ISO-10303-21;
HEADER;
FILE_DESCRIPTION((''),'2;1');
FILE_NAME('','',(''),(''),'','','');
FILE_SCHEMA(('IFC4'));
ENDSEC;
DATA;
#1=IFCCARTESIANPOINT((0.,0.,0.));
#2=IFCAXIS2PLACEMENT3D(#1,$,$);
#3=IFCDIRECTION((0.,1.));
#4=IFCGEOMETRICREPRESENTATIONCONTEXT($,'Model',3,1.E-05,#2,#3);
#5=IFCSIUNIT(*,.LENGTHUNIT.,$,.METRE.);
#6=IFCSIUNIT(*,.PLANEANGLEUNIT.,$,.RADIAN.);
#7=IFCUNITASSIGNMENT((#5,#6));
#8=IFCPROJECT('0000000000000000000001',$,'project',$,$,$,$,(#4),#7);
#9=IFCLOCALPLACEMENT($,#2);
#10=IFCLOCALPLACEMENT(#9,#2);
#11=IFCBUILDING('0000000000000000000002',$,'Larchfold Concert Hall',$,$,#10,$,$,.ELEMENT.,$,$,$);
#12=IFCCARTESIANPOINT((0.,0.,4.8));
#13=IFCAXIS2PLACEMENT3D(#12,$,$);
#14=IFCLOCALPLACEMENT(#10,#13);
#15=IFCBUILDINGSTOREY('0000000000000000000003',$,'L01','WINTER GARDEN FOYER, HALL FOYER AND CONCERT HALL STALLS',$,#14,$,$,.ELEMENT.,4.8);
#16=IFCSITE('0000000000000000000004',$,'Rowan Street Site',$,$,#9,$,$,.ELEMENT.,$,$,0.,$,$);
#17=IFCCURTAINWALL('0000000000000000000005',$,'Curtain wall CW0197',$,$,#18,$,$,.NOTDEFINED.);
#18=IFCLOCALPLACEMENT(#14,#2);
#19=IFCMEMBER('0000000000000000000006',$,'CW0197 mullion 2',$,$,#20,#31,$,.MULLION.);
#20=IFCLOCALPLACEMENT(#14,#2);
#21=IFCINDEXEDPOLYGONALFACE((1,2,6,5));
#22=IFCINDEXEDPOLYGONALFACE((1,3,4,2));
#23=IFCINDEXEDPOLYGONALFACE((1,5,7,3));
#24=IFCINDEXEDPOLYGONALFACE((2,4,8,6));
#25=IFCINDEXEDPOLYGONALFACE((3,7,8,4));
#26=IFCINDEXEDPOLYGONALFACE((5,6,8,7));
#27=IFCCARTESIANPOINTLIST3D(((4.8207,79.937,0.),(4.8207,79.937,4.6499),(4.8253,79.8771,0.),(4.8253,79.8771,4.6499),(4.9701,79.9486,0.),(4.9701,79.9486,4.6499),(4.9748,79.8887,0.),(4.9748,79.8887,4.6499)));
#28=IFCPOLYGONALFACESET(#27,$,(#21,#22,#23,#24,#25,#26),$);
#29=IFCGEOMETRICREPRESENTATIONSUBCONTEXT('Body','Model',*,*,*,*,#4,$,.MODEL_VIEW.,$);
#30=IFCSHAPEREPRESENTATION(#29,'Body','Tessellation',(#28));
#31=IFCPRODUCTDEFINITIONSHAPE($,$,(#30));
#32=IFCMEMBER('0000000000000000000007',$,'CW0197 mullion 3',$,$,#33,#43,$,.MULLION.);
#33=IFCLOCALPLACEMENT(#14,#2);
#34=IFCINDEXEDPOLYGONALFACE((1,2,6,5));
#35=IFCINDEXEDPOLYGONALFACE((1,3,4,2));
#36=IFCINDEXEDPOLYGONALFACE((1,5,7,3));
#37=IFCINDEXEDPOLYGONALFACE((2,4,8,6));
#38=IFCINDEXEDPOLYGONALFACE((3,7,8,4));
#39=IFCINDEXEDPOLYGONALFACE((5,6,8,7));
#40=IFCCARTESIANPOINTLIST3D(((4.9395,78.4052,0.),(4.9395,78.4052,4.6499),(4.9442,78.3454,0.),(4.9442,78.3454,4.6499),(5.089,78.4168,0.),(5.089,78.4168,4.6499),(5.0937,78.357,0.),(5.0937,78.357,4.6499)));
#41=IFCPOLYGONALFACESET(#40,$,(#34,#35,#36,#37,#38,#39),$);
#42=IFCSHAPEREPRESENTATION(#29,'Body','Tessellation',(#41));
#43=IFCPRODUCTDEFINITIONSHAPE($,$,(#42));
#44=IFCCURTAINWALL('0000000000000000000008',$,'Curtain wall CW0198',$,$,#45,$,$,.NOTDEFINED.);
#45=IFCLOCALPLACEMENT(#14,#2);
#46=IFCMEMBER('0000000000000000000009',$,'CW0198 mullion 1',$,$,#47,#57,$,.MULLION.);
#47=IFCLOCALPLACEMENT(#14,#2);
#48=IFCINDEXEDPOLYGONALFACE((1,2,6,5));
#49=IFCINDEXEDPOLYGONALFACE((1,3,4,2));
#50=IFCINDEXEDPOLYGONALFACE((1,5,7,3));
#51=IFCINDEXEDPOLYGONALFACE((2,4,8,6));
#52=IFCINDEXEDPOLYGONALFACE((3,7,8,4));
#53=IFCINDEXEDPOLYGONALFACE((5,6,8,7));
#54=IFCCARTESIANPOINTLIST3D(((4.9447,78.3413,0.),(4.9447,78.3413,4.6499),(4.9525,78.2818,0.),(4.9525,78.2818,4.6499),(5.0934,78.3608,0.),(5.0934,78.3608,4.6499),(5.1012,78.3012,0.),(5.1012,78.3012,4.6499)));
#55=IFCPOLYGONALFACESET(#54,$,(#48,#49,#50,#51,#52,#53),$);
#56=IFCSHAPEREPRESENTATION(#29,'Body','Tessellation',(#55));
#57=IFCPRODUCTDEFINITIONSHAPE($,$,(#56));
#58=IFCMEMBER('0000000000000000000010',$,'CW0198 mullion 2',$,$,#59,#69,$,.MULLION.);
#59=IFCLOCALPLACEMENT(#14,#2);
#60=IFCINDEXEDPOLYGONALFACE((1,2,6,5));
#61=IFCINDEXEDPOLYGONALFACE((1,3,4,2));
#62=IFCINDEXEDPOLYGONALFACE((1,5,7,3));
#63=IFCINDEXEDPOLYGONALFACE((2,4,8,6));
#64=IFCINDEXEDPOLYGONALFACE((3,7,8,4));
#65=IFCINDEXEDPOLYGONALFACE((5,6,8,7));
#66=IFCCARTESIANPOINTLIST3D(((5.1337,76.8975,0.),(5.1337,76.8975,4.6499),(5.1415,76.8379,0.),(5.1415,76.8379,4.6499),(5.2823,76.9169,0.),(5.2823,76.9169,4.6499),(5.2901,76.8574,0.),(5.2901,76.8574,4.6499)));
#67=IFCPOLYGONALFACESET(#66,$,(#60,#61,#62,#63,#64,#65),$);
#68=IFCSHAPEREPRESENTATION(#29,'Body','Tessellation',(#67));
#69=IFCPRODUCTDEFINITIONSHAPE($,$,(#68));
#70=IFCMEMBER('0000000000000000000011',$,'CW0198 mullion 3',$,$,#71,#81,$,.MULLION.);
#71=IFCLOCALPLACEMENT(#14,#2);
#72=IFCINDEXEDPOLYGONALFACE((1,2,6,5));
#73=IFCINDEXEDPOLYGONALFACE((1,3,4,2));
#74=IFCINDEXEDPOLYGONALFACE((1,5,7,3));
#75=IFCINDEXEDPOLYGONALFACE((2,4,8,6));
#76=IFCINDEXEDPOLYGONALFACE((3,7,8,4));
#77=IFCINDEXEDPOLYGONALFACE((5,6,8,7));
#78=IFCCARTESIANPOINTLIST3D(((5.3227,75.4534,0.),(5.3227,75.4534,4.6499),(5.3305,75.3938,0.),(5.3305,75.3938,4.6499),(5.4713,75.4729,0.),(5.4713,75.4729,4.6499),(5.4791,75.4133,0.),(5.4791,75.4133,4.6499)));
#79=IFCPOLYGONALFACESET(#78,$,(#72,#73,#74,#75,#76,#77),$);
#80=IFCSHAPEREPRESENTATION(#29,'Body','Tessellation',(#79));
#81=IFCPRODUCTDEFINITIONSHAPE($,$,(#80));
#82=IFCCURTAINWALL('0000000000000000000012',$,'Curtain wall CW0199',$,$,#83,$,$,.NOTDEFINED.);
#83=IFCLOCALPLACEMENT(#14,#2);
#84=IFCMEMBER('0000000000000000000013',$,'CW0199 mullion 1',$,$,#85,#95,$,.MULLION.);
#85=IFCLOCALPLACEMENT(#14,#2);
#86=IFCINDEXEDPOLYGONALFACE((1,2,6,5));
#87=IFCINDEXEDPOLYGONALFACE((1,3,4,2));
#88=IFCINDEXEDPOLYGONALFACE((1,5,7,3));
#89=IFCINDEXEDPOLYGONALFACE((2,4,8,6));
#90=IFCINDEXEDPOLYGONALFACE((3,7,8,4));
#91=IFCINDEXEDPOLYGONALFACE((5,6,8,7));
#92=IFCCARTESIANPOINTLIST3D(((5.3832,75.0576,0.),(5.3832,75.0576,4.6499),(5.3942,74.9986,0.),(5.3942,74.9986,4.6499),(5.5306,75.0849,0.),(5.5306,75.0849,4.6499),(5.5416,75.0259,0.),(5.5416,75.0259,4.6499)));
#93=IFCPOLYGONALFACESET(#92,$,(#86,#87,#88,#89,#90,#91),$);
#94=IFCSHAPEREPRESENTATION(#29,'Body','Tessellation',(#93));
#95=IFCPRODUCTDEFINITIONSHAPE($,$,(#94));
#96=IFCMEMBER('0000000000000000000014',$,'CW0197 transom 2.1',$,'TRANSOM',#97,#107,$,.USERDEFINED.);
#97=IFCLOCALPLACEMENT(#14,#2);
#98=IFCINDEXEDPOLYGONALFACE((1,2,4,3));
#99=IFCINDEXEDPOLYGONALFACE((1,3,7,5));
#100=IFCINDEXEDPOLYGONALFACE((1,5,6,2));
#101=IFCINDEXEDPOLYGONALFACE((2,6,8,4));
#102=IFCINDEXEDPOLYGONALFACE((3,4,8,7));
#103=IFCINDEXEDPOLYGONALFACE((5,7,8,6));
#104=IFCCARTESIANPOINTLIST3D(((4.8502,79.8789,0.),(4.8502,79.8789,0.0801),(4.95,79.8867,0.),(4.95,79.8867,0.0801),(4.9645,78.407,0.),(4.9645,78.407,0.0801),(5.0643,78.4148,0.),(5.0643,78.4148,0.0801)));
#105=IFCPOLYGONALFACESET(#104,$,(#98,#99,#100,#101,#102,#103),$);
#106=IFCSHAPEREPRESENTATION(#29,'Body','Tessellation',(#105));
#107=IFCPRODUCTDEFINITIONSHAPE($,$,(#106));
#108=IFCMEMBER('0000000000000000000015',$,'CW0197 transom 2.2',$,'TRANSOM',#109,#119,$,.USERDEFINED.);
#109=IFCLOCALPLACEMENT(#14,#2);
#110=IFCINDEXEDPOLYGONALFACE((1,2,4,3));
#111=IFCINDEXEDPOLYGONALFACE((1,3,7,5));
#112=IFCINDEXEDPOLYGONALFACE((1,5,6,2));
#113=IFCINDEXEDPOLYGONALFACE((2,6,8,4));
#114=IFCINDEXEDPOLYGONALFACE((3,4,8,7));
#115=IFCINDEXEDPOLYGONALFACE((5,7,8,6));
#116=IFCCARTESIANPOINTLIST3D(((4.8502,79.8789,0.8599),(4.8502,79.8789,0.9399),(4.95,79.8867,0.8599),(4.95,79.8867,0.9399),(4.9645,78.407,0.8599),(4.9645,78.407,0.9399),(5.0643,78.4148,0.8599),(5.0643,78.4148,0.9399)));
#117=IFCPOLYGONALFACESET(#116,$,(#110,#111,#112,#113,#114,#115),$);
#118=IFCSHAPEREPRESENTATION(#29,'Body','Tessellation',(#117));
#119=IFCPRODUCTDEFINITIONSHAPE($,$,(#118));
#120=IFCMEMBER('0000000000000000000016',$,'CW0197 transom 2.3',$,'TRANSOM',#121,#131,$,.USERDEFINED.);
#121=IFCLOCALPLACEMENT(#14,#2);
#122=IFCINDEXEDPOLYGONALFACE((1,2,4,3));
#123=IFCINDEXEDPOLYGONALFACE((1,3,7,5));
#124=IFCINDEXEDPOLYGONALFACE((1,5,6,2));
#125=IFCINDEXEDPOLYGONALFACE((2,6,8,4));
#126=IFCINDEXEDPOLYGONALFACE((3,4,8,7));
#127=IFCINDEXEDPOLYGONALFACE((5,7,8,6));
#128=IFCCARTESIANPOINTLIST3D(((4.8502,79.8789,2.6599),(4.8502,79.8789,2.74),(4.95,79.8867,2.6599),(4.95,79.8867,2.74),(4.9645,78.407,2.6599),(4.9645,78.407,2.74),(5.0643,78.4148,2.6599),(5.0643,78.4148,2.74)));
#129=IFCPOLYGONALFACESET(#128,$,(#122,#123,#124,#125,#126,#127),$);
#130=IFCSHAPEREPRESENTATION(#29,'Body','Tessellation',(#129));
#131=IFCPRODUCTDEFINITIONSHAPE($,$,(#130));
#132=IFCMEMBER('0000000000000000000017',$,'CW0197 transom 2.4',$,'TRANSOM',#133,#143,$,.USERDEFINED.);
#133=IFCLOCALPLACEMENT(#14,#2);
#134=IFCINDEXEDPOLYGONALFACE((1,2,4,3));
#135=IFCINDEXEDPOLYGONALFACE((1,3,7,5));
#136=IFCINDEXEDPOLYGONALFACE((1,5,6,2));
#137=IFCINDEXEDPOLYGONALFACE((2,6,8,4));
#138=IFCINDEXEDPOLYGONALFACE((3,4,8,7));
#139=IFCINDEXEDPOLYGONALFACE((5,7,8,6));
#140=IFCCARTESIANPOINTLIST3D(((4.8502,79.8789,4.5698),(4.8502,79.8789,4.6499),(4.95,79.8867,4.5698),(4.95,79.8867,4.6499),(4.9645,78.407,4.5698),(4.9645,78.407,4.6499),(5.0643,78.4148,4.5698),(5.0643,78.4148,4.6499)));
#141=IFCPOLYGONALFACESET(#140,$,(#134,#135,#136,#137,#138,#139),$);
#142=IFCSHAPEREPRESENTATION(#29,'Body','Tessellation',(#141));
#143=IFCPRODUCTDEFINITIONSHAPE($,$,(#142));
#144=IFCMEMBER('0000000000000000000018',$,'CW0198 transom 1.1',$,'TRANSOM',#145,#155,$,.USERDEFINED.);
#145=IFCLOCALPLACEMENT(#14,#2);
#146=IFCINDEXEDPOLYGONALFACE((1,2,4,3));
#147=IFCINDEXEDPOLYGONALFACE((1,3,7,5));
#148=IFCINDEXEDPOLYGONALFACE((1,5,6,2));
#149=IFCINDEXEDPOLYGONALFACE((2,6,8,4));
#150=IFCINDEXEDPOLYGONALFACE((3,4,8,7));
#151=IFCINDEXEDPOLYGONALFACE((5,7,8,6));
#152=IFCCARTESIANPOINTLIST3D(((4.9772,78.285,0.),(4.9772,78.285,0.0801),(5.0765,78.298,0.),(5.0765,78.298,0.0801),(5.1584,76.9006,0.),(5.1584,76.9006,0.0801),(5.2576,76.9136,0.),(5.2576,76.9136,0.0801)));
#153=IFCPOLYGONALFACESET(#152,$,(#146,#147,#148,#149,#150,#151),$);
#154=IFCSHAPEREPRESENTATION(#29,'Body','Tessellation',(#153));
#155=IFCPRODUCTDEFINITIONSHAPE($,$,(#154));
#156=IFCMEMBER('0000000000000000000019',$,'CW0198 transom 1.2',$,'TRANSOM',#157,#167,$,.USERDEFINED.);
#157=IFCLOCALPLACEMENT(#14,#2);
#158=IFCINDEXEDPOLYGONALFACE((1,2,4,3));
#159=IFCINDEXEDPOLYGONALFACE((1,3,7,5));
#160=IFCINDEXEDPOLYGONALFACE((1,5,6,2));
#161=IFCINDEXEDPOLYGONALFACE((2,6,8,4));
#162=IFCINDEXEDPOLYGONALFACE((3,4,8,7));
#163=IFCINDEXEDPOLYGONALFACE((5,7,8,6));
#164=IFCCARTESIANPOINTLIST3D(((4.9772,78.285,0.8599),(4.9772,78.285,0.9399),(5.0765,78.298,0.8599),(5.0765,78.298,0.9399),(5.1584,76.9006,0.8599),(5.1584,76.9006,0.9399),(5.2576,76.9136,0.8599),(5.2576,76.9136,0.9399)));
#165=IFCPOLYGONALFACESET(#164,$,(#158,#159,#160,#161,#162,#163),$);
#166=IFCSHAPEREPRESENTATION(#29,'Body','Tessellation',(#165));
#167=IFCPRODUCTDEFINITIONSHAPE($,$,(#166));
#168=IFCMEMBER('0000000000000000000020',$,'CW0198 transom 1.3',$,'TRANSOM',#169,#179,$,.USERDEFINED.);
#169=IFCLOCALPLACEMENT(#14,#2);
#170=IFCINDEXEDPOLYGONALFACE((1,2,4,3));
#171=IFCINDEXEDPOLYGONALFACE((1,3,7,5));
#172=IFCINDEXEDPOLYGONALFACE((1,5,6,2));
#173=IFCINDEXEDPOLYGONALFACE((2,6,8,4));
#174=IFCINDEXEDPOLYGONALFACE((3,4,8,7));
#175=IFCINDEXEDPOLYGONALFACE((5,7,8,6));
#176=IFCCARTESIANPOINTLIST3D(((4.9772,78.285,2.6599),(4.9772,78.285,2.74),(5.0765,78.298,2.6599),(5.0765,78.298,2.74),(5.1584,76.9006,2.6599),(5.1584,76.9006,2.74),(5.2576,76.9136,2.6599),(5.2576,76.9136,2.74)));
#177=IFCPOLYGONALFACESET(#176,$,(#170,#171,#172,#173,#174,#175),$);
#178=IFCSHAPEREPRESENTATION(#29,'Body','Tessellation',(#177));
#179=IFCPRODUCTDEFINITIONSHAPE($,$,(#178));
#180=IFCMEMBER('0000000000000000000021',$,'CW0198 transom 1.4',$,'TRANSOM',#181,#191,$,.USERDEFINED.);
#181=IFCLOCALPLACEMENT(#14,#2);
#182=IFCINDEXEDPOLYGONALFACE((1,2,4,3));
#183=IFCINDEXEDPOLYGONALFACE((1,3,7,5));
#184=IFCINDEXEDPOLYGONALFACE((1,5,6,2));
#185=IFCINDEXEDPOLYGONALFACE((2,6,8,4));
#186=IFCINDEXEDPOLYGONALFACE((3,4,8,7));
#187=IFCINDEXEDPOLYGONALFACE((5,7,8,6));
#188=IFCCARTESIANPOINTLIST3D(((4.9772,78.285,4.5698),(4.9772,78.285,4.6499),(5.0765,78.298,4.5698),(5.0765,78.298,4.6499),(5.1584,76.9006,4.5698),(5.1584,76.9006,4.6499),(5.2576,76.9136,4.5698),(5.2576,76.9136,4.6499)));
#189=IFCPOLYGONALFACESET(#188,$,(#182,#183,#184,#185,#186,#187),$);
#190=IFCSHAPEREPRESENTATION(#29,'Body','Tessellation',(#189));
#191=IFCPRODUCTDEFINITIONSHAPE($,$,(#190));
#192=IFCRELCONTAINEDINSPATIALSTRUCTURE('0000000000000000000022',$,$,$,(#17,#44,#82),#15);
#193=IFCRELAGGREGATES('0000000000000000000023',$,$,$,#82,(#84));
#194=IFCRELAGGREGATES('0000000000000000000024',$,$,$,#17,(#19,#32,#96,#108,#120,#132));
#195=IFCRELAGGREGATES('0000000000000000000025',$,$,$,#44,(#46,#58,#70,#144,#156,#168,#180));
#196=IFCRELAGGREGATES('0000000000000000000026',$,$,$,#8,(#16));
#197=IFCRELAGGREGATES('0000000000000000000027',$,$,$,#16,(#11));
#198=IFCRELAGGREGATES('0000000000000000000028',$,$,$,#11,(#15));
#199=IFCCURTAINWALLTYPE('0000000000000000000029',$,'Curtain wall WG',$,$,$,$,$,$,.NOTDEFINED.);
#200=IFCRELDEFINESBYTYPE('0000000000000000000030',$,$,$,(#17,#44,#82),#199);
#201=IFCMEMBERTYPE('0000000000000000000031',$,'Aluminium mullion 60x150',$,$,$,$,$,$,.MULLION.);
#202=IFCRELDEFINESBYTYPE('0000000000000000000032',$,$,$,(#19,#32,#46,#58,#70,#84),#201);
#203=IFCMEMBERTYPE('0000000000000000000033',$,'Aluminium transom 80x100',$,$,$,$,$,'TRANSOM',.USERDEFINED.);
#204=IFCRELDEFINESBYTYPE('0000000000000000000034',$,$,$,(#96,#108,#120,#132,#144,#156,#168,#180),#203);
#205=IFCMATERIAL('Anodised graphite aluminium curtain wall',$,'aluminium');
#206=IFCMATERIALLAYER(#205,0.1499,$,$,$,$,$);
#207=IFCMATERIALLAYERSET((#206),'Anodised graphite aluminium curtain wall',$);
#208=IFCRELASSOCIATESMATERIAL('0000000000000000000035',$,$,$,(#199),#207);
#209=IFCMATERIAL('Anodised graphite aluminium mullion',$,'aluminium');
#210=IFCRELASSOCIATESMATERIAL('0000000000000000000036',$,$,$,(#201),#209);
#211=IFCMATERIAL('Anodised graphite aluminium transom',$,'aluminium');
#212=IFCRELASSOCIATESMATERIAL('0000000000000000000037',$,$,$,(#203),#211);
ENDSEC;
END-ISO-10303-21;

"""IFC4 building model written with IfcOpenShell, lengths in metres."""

from ifc_helpers import new_model, si_unit, direction, frame, origin, origin_2d, place, context, subcontext, project, spatial, rectangle, extrude, material, layer, layer_set, material_profile, profile_set, type_object, element, aggregate, save


model = new_model("IFC4")

# Units and contexts
model_context = context("Model", 3, precision=1e-05, world=origin(), true_north=direction((0.0, 1.0)))
body_context = subcontext(model_context, "Body", "Model", "MODEL_VIEW")
ifc_project = project(units=[si_unit("LENGTHUNIT", "METRE"), si_unit("PLANEANGLEUNIT", "RADIAN")], contexts=[model_context])

# Site, building, storey
site_placement = place(None, origin())
site = spatial("IfcSite", under=ifc_project, at=site_placement, Name="Rowan Street Site", CompositionType="ELEMENT", RefElevation=0.0)
building_placement = place(site_placement, origin())
building = spatial("IfcBuilding", under=site, at=building_placement, Name="Larchfold Concert Hall", CompositionType="ELEMENT")
storey_placement = place(building_placement, frame((0.0, 0.0, 4.8)))
storey = spatial("IfcBuildingStorey", under=building, at=storey_placement, Name="L01", Description="WINTER GARDEN FOYER, HALL FOYER AND CONCERT HALL STALLS", CompositionType="ELEMENT", Elevation=4.8)

# Curtain walls, members
ifc_material_1 = material(Name="Anodised graphite aluminium curtain wall", Category="aluminium")
ifc_layer_1 = layer(ifc_material_1, 0.1499)
ifc_layer_set_1 = layer_set([ifc_layer_1], Name="Anodised graphite aluminium curtain wall")
curtain_wall_type = type_object("IfcCurtainWallType", Name="Curtain wall WG", PredefinedType="NOTDEFINED", material=ifc_layer_set_1)
curtain_wall_1_placement = place(storey_placement, origin())
curtain_wall_1 = element("IfcCurtainWall", 1, at=curtain_wall_1_placement, inside=storey, type_object=curtain_wall_type, Name="Curtain wall CW0197", PredefinedType="NOTDEFINED")
ifc_material_2 = material(Name="Anodised graphite aluminium mullion", Category="aluminium")
ifc_material_profile_1 = material_profile(ifc_material_2, rectangle(XDim=0.1499, YDim=0.0601, at=origin_2d()))
ifc_profile_set_1 = profile_set([ifc_material_profile_1], Name="Anodised graphite aluminium mullion")
member_type_1 = type_object("IfcMemberType", Name="Aluminium mullion 60x150", PredefinedType="MULLION", material=ifc_profile_set_1)
member_1_placement = place(storey_placement, frame((4.8977, 79.9128, 0.0), z_axis=(0.0, 0.0, 1.0), x_axis=(0.996995, 0.077465, 0.0)))
member_1 = element("IfcMember", 2, at=member_1_placement, type_object=member_type_1, Name="CW0197 mullion 2", PredefinedType="MULLION", context=body_context, shape_type="SweptSolid", body=[
    extrude(rectangle(XDim=0.1499, YDim=0.0601, at=origin_2d()), origin(), (0.0, 0.0, 1.0), 4.6499),
])
member_2_placement = place(storey_placement, frame((5.0166, 78.3811, 0.0), z_axis=(0.0, 0.0, 1.0), x_axis=(0.996995, 0.077465, 0.0)))
member_2 = element("IfcMember", 3, at=member_2_placement, type_object=member_type_1, Name="CW0197 mullion 3", PredefinedType="MULLION", context=body_context, shape_type="SweptSolid", body=[
    extrude(rectangle(XDim=0.1499, YDim=0.0601, at=origin_2d()), origin(), (0.0, 0.0, 1.0), 4.6499),
])
curtain_wall_2_placement = place(storey_placement, origin())
curtain_wall_2 = element("IfcCurtainWall", 4, at=curtain_wall_2_placement, inside=storey, type_object=curtain_wall_type, Name="Curtain wall CW0198", PredefinedType="NOTDEFINED")
member_3_placement = place(storey_placement, frame((5.0229, 78.3213, 0.0), z_axis=(0.0, 0.0, 1.0), x_axis=(0.991545, 0.129764, 0.0)))
member_3 = element("IfcMember", 5, at=member_3_placement, type_object=member_type_1, Name="CW0198 mullion 1", PredefinedType="MULLION", context=body_context, shape_type="SweptSolid", body=[
    extrude(rectangle(XDim=0.1499, YDim=0.0601, at=origin_2d()), origin(), (0.0, 0.0, 1.0), 4.6499),
])
member_4_placement = place(storey_placement, frame((5.2119, 76.8774, 0.0), z_axis=(0.0, 0.0, 1.0), x_axis=(0.991545, 0.129764, 0.0)))
member_4 = element("IfcMember", 6, at=member_4_placement, type_object=member_type_1, Name="CW0198 mullion 2", PredefinedType="MULLION", context=body_context, shape_type="SweptSolid", body=[
    extrude(rectangle(XDim=0.1499, YDim=0.0601, at=origin_2d()), origin(), (0.0, 0.0, 1.0), 4.6499),
])
member_5_placement = place(storey_placement, frame((5.4009, 75.4333, 0.0), z_axis=(0.0, 0.0, 1.0), x_axis=(0.991545, 0.129764, 0.0)))
member_5 = element("IfcMember", 7, at=member_5_placement, type_object=member_type_1, Name="CW0198 mullion 3", PredefinedType="MULLION", context=body_context, shape_type="SweptSolid", body=[
    extrude(rectangle(XDim=0.1499, YDim=0.0601, at=origin_2d()), origin(), (0.0, 0.0, 1.0), 4.6499),
])

# Curtain wall, member
curtain_wall_3_placement = place(storey_placement, origin())
curtain_wall_3 = element("IfcCurtainWall", 8, at=curtain_wall_3_placement, inside=storey, type_object=curtain_wall_type, Name="Curtain wall CW0199", PredefinedType="NOTDEFINED")
member_6_placement = place(storey_placement, frame((5.4624, 75.0417, 0.0), z_axis=(0.0, 0.0, 1.0), x_axis=(0.983231, 0.182367, 0.0)))
member_6 = element("IfcMember", 9, at=member_6_placement, type_object=member_type_1, Name="CW0199 mullion 1", PredefinedType="MULLION", context=body_context, shape_type="SweptSolid", body=[
    extrude(rectangle(XDim=0.1499, YDim=0.0601, at=origin_2d()), origin(), (0.0, 0.0, 1.0), 4.6499),
])

# Members
ifc_material_3 = material(Name="Anodised graphite aluminium transom", Category="aluminium")
ifc_material_profile_2 = material_profile(ifc_material_3, rectangle(XDim=0.1001, YDim=0.0801, at=origin_2d()))
ifc_profile_set_2 = profile_set([ifc_material_profile_2], Name="Anodised graphite aluminium transom")
member_type_2 = type_object("IfcMemberType", Name="Aluminium transom 80x100", ElementType="TRANSOM", PredefinedType="USERDEFINED", material=ifc_profile_set_2)
member_7_placement = place(storey_placement, frame((4.9001, 79.8828, 0.04), z_axis=(0.077392, -0.997001, 0.0), x_axis=(0.997001, 0.077392, 0.0)))
member_7 = element("IfcMember", 10, at=member_7_placement, type_object=member_type_2, Name="CW0197 transom 2.1", ObjectType="TRANSOM", PredefinedType="USERDEFINED", context=body_context, shape_type="SweptSolid", body=[
    extrude(rectangle(XDim=0.1001, YDim=0.0801, at=origin_2d()), origin(), (0.0, 0.0, 1.0), 1.4763),
])
member_8_placement = place(storey_placement, frame((4.9001, 79.8828, 0.8999), z_axis=(0.077392, -0.997001, 0.0), x_axis=(0.997001, 0.077392, 0.0)))
member_8 = element("IfcMember", 11, at=member_8_placement, type_object=member_type_2, Name="CW0197 transom 2.2", ObjectType="TRANSOM", PredefinedType="USERDEFINED", context=body_context, shape_type="SweptSolid", body=[
    extrude(rectangle(XDim=0.1001, YDim=0.0801, at=origin_2d()), origin(), (0.0, 0.0, 1.0), 1.4763),
])
member_9_placement = place(storey_placement, frame((4.9001, 79.8828, 2.7), z_axis=(0.077392, -0.997001, 0.0), x_axis=(0.997001, 0.077392, 0.0)))
member_9 = element("IfcMember", 12, at=member_9_placement, type_object=member_type_2, Name="CW0197 transom 2.3", ObjectType="TRANSOM", PredefinedType="USERDEFINED", context=body_context, shape_type="SweptSolid", body=[
    extrude(rectangle(XDim=0.1001, YDim=0.0801, at=origin_2d()), origin(), (0.0, 0.0, 1.0), 1.4763),
])
member_10_placement = place(storey_placement, frame((4.9001, 79.8828, 4.6099), z_axis=(0.077392, -0.997001, 0.0), x_axis=(0.997001, 0.077392, 0.0)))
member_10 = element("IfcMember", 13, at=member_10_placement, type_object=member_type_2, Name="CW0197 transom 2.4", ObjectType="TRANSOM", PredefinedType="USERDEFINED", context=body_context, shape_type="SweptSolid", body=[
    extrude(rectangle(XDim=0.1001, YDim=0.0801, at=origin_2d()), origin(), (0.0, 0.0, 1.0), 1.4763),
])
member_11_placement = place(storey_placement, frame((5.0269, 78.2915, 0.04), z_axis=(0.129735, -0.991549, 0.0), x_axis=(0.991549, 0.129735, 0.0)))
member_11 = element("IfcMember", 14, at=member_11_placement, type_object=member_type_2, Name="CW0198 transom 1.1", ObjectType="TRANSOM", PredefinedType="USERDEFINED", context=body_context, shape_type="SweptSolid", body=[
    extrude(rectangle(XDim=0.1001, YDim=0.0801, at=origin_2d()), origin(), (0.0, 0.0, 1.0), 1.3962),
])
member_12_placement = place(storey_placement, frame((5.0269, 78.2915, 0.8999), z_axis=(0.129735, -0.991549, 0.0), x_axis=(0.991549, 0.129735, 0.0)))
member_12 = element("IfcMember", 15, at=member_12_placement, type_object=member_type_2, Name="CW0198 transom 1.2", ObjectType="TRANSOM", PredefinedType="USERDEFINED", context=body_context, shape_type="SweptSolid", body=[
    extrude(rectangle(XDim=0.1001, YDim=0.0801, at=origin_2d()), origin(), (0.0, 0.0, 1.0), 1.3962),
])
member_13_placement = place(storey_placement, frame((5.0269, 78.2915, 2.7), z_axis=(0.129735, -0.991549, 0.0), x_axis=(0.991549, 0.129735, 0.0)))
member_13 = element("IfcMember", 16, at=member_13_placement, type_object=member_type_2, Name="CW0198 transom 1.3", ObjectType="TRANSOM", PredefinedType="USERDEFINED", context=body_context, shape_type="SweptSolid", body=[
    extrude(rectangle(XDim=0.1001, YDim=0.0801, at=origin_2d()), origin(), (0.0, 0.0, 1.0), 1.3962),
])
member_14_placement = place(storey_placement, frame((5.0269, 78.2915, 4.6099), z_axis=(0.129735, -0.991549, 0.0), x_axis=(0.991549, 0.129735, 0.0)))
member_14 = element("IfcMember", 17, at=member_14_placement, type_object=member_type_2, Name="CW0198 transom 1.4", ObjectType="TRANSOM", PredefinedType="USERDEFINED", context=body_context, shape_type="SweptSolid", body=[
    extrude(rectangle(XDim=0.1001, YDim=0.0801, at=origin_2d()), origin(), (0.0, 0.0, 1.0), 1.3962),
])
aggregate(curtain_wall_3, [member_6])

aggregate(curtain_wall_1, [member_1, member_2, member_7, member_8, member_9, member_10])
aggregate(curtain_wall_2, [member_3, member_4, member_5, member_11, member_12, member_13, member_14])

save(model, "model.ifc")
